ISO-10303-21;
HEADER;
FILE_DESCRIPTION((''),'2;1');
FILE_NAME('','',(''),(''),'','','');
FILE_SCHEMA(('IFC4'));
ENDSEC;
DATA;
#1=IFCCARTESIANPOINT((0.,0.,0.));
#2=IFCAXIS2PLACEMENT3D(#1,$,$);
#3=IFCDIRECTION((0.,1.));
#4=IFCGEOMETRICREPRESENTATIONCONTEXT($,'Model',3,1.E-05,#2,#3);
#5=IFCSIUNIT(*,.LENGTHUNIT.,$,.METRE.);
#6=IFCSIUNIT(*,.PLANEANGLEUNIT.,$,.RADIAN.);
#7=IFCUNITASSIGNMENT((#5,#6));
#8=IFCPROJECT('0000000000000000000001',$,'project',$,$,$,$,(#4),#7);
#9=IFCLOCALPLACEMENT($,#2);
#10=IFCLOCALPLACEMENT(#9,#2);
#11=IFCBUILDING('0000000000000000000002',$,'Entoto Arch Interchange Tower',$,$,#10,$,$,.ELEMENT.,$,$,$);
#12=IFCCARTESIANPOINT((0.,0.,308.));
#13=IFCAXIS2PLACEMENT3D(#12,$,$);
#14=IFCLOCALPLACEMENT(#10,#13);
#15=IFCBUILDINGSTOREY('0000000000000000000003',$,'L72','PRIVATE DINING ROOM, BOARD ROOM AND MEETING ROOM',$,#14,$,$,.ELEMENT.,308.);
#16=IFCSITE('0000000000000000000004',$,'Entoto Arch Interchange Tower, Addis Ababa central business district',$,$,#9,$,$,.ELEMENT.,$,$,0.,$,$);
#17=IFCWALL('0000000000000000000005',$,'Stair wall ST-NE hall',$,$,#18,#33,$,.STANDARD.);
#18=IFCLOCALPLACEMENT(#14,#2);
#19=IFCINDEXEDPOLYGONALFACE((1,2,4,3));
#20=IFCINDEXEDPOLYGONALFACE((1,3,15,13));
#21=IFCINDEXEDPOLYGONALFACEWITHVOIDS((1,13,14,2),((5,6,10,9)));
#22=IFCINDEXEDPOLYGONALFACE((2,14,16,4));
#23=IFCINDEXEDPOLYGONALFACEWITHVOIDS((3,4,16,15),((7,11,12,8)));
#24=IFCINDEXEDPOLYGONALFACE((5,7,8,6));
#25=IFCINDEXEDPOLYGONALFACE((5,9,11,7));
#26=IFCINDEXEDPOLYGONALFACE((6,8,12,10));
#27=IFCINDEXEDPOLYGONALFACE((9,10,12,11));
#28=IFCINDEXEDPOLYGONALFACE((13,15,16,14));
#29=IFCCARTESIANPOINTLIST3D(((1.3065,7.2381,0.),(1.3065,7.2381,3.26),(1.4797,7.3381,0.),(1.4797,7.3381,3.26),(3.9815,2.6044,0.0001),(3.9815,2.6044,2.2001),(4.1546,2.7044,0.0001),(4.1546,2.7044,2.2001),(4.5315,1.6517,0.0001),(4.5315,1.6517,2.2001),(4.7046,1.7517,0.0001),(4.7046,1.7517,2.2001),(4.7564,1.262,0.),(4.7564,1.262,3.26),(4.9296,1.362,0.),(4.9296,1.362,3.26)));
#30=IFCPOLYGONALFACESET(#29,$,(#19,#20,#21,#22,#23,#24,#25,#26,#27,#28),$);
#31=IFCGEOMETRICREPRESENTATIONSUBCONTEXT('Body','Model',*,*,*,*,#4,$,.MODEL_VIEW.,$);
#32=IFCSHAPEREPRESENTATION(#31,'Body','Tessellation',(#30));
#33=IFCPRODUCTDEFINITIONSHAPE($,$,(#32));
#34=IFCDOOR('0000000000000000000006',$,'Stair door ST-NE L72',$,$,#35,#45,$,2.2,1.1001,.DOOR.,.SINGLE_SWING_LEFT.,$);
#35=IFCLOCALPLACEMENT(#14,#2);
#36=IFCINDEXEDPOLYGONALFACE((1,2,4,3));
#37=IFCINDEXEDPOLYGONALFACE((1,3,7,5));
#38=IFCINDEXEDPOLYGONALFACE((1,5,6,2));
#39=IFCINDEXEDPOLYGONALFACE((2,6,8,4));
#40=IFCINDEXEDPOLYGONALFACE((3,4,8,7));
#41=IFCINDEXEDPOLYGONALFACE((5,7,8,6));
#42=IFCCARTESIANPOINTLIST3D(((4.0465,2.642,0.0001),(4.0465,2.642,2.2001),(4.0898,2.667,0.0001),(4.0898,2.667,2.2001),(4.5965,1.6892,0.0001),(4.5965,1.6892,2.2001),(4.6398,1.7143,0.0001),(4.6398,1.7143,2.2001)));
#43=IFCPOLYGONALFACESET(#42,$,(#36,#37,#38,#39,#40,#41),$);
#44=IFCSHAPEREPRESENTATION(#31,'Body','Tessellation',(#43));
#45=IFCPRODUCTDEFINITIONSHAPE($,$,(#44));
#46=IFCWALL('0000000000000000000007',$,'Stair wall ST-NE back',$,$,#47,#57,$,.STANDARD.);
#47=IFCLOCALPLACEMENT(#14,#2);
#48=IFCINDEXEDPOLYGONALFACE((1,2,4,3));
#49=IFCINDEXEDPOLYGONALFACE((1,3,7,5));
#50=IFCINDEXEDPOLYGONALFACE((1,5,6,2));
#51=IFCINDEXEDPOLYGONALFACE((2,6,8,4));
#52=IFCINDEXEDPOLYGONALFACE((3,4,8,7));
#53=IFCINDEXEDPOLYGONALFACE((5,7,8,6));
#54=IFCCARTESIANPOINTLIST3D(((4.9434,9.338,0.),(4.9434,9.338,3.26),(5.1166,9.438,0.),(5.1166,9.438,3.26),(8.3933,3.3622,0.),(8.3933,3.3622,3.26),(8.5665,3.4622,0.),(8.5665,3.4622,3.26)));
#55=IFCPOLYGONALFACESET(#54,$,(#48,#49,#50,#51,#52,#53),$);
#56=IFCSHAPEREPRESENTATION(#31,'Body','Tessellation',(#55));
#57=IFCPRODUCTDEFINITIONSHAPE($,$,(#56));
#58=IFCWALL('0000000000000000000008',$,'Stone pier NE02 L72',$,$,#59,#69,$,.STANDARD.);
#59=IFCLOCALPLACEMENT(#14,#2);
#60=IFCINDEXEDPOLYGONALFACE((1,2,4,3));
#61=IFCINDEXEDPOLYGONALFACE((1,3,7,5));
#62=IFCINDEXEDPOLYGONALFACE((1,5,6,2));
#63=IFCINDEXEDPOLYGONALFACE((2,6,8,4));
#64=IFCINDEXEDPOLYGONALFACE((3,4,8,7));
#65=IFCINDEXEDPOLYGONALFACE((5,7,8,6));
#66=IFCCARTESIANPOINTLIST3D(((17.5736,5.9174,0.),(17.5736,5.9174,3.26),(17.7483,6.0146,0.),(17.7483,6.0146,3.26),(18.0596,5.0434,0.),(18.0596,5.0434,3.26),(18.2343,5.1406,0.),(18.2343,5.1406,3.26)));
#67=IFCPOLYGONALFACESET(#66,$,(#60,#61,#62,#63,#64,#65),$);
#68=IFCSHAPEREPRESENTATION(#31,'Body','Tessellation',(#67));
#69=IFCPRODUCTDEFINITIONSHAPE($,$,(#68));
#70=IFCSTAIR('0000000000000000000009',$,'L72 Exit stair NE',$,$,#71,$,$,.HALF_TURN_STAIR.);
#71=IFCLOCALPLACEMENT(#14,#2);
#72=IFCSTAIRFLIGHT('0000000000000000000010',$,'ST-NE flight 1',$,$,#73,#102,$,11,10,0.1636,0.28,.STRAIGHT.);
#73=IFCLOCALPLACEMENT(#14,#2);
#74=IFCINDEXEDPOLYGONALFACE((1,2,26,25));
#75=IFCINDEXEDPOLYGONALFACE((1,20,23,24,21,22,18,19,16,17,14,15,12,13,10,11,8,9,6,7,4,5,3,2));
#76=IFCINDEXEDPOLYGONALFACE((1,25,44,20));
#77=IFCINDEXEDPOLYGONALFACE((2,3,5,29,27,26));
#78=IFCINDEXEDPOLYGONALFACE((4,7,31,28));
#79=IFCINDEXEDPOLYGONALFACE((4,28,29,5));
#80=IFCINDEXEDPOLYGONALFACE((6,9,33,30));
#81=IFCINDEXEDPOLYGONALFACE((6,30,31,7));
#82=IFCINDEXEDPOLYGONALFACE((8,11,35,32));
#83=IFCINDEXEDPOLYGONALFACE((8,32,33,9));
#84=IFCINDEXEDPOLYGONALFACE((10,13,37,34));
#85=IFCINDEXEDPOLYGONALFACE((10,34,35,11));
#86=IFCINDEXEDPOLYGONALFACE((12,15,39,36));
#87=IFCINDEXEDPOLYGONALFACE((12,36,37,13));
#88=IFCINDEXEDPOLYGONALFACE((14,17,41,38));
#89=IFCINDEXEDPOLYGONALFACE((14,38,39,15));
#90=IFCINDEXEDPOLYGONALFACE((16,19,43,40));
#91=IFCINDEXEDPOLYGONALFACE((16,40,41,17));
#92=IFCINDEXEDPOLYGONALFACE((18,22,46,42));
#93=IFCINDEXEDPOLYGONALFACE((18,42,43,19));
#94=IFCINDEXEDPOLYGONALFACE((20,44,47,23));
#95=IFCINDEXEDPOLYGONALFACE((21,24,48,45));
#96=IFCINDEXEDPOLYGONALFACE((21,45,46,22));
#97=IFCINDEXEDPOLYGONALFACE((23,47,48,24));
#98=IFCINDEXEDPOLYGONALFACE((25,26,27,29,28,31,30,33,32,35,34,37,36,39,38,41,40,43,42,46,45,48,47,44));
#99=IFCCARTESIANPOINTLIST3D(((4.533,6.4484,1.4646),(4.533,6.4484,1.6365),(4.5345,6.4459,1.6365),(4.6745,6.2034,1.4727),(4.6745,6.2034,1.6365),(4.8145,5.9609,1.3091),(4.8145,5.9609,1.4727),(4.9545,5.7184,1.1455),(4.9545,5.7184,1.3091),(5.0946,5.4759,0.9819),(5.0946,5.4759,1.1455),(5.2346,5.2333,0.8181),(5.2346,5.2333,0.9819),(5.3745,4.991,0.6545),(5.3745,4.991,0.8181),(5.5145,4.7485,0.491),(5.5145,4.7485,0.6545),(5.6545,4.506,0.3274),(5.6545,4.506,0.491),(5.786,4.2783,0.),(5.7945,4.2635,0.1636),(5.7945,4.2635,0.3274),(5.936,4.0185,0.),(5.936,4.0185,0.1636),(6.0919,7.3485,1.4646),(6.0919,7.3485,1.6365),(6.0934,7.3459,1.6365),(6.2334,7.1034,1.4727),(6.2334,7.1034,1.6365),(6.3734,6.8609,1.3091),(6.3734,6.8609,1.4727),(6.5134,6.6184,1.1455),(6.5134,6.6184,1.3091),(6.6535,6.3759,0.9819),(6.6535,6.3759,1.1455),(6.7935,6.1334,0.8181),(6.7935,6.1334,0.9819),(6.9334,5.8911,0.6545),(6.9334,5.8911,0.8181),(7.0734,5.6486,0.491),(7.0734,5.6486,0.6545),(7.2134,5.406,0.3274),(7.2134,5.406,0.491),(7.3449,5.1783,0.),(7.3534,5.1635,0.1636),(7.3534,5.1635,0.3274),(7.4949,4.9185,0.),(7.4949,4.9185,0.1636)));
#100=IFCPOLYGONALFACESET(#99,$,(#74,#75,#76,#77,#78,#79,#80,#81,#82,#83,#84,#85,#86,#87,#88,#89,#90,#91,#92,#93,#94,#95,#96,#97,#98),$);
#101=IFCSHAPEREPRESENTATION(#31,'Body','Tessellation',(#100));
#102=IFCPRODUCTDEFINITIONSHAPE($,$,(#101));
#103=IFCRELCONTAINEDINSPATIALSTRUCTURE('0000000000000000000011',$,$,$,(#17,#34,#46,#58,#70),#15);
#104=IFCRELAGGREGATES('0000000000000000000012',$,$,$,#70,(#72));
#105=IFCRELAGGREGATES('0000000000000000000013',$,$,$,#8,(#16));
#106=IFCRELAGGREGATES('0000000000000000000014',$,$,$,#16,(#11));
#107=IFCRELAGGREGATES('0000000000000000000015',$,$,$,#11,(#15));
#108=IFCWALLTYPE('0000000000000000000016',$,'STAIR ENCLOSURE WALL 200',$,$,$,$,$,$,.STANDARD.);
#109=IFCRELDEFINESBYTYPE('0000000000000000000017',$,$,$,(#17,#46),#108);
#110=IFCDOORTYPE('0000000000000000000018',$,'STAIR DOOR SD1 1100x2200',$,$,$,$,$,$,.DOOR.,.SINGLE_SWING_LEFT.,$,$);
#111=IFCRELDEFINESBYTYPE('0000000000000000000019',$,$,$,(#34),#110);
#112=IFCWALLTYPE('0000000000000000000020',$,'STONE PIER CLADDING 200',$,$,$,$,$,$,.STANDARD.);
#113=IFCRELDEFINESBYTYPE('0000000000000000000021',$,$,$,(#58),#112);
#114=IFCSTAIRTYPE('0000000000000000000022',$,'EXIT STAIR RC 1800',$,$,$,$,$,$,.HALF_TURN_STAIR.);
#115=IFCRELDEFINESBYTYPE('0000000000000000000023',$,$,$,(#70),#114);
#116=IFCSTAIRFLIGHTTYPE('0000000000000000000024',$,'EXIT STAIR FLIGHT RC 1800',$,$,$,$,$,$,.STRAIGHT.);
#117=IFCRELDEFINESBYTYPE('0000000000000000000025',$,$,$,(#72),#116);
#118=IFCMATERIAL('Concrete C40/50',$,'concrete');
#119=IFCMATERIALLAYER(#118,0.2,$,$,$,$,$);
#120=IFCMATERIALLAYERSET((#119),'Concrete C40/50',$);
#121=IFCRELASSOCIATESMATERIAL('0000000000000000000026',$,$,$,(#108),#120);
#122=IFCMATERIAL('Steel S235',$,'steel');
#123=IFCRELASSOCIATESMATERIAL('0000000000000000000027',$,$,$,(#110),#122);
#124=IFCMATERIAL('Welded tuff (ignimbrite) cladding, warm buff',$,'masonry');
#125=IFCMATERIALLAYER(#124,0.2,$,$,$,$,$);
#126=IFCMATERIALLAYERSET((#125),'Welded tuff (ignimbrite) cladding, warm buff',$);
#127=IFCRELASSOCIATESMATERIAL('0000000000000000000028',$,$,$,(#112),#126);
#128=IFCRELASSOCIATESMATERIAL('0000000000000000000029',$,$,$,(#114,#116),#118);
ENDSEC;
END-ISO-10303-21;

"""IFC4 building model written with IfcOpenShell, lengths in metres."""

from ifc_helpers import new_model, si_unit, direction, frame, frame_2d, origin, place, context, subcontext, project, spatial, polyline, rectangle, outline, extrude, material, layer, layer_set, type_object, element, fill, aggregate, save


model = new_model("IFC4")

# Units and contexts
model_context = context("Model", 3, precision=1e-05, world=origin(), true_north=direction((0.0, 1.0)))
body_context = subcontext(model_context, "Body", "Model", "MODEL_VIEW")
ifc_project = project(units=[si_unit("LENGTHUNIT", "METRE"), si_unit("PLANEANGLEUNIT", "RADIAN")], contexts=[model_context])

# Site, building, storey
site_placement = place(None, origin())
site = spatial("IfcSite", under=ifc_project, at=site_placement, Name="Entoto Arch Interchange Tower, Addis Ababa central business district", CompositionType="ELEMENT", RefElevation=0.0)
building_placement = place(site_placement, origin())
building = spatial("IfcBuilding", under=site, at=building_placement, Name="Entoto Arch Interchange Tower", CompositionType="ELEMENT")
storey_placement = place(building_placement, frame((0.0, 0.0, 308.0)))
storey = spatial("IfcBuildingStorey", under=building, at=storey_placement, Name="L72", Description="PRIVATE DINING ROOM, BOARD ROOM AND MEETING ROOM", CompositionType="ELEMENT", Elevation=308.0)

# Shared definitions
ifc_material_1 = material(Name="Concrete C40/50", Category="concrete")

# Wall, opening, door
ifc_layer_1 = layer(ifc_material_1, 0.2)
ifc_layer_set_1 = layer_set([ifc_layer_1], Name="Concrete C40/50")
wall_type_1 = type_object("IfcWallType", Name="STAIR ENCLOSURE WALL 200", PredefinedType="STANDARD", material=ifc_layer_set_1)
ifc_material_2 = material(Name="Steel S235", Category="steel")
door_type_1 = type_object("IfcDoorType", Name="STAIR DOOR SD1 1100x2200", OperationType="SINGLE_SWING_LEFT", PredefinedType="DOOR", material=ifc_material_2)
wall_1_placement = place(storey_placement, frame((4.843, 1.312, 0.0), z_axis=(0.0, 0.0, 1.0), x_axis=(-0.499963, 0.866047, 0.0)))
wall_1 = element("IfcWall", 1, at=wall_1_placement, inside=storey, type_object=wall_type_1, Name="Stair wall ST-NE hall", PredefinedType="STANDARD", context=body_context, shape_type="SweptSolid", body=[
    extrude(rectangle(XDim=6.9004, YDim=0.2, at=frame_2d((3.4502, 0.0))), origin(), (0.0, 0.0, 1.0), 3.26),
])
opening_1_placement = place(wall_1_placement, frame((0.45, 0.0, 0.0)))
opening_1 = element("IfcOpeningElement", 2, at=opening_1_placement, cuts=wall_1, PredefinedType="OPENING", context=body_context, shape_type="SweptSolid", body=[
    extrude(rectangle(XDim=1.1001, YDim=2.2, at=frame_2d((0.55, 1.1001))), frame((0.0, 0.1099, 0.0), z_axis=(0.0, -1.0, 0.0), x_axis=(1.0, 0.0, 0.0)), (0.0, 0.0, 1.0), 0.22),
])
door_1_placement = place(opening_1_placement, origin())
door_1 = element("IfcDoor", 3, at=door_1_placement, inside=storey, type_object=door_type_1, Name="Stair door ST-NE L72", OperationType="SINGLE_SWING_LEFT", OverallHeight=2.2, OverallWidth=1.1001, PredefinedType="DOOR", context=body_context, shape_type="SweptSolid", body=[
    extrude(rectangle(XDim=1.1001, YDim=2.2, at=frame_2d((0.55, 1.1001))), frame((0.0, 0.0249, 0.0), z_axis=(0.0, -1.0, 0.0), x_axis=(1.0, 0.0, 0.0)), (0.0, 0.0, 1.0), 0.05),
])
fill(opening_1, door_1)

# Walls
wall_2_placement = place(storey_placement, frame((8.48, 3.4121, 0.0), z_axis=(0.0, 0.0, 1.0), x_axis=(-0.499979, 0.866038, 0.0)))
element("IfcWall", 4, at=wall_2_placement, inside=storey, type_object=wall_type_1, Name="Stair wall ST-NE back", PredefinedType="STANDARD", context=body_context, shape_type="SweptSolid", body=[
    extrude(rectangle(XDim=6.9001, YDim=0.2, at=frame_2d((3.4502, 0.0))), origin(), (0.0, 0.0, 1.0), 3.26),
])
ifc_material_3 = material(Name="Welded tuff (ignimbrite) cladding, warm buff", Category="masonry")
ifc_layer_2 = layer(ifc_material_3, 0.2)
ifc_layer_set_2 = layer_set([ifc_layer_2], Name="Welded tuff (ignimbrite) cladding, warm buff")
wall_type_2 = type_object("IfcWallType", Name="STONE PIER CLADDING 200", PredefinedType="STANDARD", material=ifc_layer_set_2)
wall_3_placement = place(storey_placement, frame((18.147, 5.092, 0.0), z_axis=(0.0, 0.0, 1.0), x_axis=(-0.486037, 0.873938, 0.0)))
element("IfcWall", 5, at=wall_3_placement, inside=storey, type_object=wall_type_2, Name="Stone pier NE02 L72", PredefinedType="STANDARD", context=body_context, shape_type="SweptSolid", body=[
    extrude(rectangle(XDim=1.0, YDim=0.2, at=frame_2d((0.5, 0.0))), origin(), (0.0, 0.0, 1.0), 3.26),
])

# Stair, stair flight
stair_type = type_object("IfcStairType", Name="EXIT STAIR RC 1800", PredefinedType="HALF_TURN_STAIR", material=ifc_material_1)
stair_placement = place(storey_placement, origin())
stair = element("IfcStair", 6, at=stair_placement, inside=storey, type_object=stair_type, Name="L72 Exit stair NE", PredefinedType="HALF_TURN_STAIR")
stair_flight_type = type_object("IfcStairFlightType", Name="EXIT STAIR FLIGHT RC 1800", PredefinedType="STRAIGHT", material=ifc_material_1)
stair_flight_placement = place(storey_placement, frame((6.7139, 4.4709, 0.0), z_axis=(0.0, 0.0, 1.0), x_axis=(-0.5, 0.866025, 0.0)))
stair_flight = element("IfcStairFlight", 7, at=stair_flight_placement, type_object=stair_flight_type, Name="ST-NE flight 1", NumberOfRisers=11, NumberOfTreads=10, PredefinedType="STRAIGHT", RiserHeight=0.1636, TreadLength=0.28, context=body_context, shape_type="SweptSolid", body=[
    extrude(outline(polyline([(-0.0029, 0.0), (-0.0029, 0.1636), (0.28, 0.1636), (0.28, 0.3274), (0.5601, 0.3274), (0.5601, 0.491), (0.8401, 0.491), (0.8401, 0.6545), (1.1201, 0.6545), (1.1201, 0.8181), (1.3999, 0.8181), (1.3999, 0.9819), (1.6799, 0.9819), (1.6799, 1.1455), (1.96, 1.1455), (1.96, 1.3091), (2.24, 1.3091), (2.24, 1.4727), (2.52, 1.4727), (2.52, 1.6365), (2.8, 1.6365), (2.803, 1.6365), (2.803, 1.4646), (0.2971, 0.0), (-0.0029, 0.0)])), frame((0.0, 0.8999, 0.0), z_axis=(0.0, -1.0, 0.0), x_axis=(1.0, 0.0, 0.0)), (0.0, 0.0, 1.0), 1.8),
])
aggregate(stair, [stair_flight])

save(model, "model.ifc")
